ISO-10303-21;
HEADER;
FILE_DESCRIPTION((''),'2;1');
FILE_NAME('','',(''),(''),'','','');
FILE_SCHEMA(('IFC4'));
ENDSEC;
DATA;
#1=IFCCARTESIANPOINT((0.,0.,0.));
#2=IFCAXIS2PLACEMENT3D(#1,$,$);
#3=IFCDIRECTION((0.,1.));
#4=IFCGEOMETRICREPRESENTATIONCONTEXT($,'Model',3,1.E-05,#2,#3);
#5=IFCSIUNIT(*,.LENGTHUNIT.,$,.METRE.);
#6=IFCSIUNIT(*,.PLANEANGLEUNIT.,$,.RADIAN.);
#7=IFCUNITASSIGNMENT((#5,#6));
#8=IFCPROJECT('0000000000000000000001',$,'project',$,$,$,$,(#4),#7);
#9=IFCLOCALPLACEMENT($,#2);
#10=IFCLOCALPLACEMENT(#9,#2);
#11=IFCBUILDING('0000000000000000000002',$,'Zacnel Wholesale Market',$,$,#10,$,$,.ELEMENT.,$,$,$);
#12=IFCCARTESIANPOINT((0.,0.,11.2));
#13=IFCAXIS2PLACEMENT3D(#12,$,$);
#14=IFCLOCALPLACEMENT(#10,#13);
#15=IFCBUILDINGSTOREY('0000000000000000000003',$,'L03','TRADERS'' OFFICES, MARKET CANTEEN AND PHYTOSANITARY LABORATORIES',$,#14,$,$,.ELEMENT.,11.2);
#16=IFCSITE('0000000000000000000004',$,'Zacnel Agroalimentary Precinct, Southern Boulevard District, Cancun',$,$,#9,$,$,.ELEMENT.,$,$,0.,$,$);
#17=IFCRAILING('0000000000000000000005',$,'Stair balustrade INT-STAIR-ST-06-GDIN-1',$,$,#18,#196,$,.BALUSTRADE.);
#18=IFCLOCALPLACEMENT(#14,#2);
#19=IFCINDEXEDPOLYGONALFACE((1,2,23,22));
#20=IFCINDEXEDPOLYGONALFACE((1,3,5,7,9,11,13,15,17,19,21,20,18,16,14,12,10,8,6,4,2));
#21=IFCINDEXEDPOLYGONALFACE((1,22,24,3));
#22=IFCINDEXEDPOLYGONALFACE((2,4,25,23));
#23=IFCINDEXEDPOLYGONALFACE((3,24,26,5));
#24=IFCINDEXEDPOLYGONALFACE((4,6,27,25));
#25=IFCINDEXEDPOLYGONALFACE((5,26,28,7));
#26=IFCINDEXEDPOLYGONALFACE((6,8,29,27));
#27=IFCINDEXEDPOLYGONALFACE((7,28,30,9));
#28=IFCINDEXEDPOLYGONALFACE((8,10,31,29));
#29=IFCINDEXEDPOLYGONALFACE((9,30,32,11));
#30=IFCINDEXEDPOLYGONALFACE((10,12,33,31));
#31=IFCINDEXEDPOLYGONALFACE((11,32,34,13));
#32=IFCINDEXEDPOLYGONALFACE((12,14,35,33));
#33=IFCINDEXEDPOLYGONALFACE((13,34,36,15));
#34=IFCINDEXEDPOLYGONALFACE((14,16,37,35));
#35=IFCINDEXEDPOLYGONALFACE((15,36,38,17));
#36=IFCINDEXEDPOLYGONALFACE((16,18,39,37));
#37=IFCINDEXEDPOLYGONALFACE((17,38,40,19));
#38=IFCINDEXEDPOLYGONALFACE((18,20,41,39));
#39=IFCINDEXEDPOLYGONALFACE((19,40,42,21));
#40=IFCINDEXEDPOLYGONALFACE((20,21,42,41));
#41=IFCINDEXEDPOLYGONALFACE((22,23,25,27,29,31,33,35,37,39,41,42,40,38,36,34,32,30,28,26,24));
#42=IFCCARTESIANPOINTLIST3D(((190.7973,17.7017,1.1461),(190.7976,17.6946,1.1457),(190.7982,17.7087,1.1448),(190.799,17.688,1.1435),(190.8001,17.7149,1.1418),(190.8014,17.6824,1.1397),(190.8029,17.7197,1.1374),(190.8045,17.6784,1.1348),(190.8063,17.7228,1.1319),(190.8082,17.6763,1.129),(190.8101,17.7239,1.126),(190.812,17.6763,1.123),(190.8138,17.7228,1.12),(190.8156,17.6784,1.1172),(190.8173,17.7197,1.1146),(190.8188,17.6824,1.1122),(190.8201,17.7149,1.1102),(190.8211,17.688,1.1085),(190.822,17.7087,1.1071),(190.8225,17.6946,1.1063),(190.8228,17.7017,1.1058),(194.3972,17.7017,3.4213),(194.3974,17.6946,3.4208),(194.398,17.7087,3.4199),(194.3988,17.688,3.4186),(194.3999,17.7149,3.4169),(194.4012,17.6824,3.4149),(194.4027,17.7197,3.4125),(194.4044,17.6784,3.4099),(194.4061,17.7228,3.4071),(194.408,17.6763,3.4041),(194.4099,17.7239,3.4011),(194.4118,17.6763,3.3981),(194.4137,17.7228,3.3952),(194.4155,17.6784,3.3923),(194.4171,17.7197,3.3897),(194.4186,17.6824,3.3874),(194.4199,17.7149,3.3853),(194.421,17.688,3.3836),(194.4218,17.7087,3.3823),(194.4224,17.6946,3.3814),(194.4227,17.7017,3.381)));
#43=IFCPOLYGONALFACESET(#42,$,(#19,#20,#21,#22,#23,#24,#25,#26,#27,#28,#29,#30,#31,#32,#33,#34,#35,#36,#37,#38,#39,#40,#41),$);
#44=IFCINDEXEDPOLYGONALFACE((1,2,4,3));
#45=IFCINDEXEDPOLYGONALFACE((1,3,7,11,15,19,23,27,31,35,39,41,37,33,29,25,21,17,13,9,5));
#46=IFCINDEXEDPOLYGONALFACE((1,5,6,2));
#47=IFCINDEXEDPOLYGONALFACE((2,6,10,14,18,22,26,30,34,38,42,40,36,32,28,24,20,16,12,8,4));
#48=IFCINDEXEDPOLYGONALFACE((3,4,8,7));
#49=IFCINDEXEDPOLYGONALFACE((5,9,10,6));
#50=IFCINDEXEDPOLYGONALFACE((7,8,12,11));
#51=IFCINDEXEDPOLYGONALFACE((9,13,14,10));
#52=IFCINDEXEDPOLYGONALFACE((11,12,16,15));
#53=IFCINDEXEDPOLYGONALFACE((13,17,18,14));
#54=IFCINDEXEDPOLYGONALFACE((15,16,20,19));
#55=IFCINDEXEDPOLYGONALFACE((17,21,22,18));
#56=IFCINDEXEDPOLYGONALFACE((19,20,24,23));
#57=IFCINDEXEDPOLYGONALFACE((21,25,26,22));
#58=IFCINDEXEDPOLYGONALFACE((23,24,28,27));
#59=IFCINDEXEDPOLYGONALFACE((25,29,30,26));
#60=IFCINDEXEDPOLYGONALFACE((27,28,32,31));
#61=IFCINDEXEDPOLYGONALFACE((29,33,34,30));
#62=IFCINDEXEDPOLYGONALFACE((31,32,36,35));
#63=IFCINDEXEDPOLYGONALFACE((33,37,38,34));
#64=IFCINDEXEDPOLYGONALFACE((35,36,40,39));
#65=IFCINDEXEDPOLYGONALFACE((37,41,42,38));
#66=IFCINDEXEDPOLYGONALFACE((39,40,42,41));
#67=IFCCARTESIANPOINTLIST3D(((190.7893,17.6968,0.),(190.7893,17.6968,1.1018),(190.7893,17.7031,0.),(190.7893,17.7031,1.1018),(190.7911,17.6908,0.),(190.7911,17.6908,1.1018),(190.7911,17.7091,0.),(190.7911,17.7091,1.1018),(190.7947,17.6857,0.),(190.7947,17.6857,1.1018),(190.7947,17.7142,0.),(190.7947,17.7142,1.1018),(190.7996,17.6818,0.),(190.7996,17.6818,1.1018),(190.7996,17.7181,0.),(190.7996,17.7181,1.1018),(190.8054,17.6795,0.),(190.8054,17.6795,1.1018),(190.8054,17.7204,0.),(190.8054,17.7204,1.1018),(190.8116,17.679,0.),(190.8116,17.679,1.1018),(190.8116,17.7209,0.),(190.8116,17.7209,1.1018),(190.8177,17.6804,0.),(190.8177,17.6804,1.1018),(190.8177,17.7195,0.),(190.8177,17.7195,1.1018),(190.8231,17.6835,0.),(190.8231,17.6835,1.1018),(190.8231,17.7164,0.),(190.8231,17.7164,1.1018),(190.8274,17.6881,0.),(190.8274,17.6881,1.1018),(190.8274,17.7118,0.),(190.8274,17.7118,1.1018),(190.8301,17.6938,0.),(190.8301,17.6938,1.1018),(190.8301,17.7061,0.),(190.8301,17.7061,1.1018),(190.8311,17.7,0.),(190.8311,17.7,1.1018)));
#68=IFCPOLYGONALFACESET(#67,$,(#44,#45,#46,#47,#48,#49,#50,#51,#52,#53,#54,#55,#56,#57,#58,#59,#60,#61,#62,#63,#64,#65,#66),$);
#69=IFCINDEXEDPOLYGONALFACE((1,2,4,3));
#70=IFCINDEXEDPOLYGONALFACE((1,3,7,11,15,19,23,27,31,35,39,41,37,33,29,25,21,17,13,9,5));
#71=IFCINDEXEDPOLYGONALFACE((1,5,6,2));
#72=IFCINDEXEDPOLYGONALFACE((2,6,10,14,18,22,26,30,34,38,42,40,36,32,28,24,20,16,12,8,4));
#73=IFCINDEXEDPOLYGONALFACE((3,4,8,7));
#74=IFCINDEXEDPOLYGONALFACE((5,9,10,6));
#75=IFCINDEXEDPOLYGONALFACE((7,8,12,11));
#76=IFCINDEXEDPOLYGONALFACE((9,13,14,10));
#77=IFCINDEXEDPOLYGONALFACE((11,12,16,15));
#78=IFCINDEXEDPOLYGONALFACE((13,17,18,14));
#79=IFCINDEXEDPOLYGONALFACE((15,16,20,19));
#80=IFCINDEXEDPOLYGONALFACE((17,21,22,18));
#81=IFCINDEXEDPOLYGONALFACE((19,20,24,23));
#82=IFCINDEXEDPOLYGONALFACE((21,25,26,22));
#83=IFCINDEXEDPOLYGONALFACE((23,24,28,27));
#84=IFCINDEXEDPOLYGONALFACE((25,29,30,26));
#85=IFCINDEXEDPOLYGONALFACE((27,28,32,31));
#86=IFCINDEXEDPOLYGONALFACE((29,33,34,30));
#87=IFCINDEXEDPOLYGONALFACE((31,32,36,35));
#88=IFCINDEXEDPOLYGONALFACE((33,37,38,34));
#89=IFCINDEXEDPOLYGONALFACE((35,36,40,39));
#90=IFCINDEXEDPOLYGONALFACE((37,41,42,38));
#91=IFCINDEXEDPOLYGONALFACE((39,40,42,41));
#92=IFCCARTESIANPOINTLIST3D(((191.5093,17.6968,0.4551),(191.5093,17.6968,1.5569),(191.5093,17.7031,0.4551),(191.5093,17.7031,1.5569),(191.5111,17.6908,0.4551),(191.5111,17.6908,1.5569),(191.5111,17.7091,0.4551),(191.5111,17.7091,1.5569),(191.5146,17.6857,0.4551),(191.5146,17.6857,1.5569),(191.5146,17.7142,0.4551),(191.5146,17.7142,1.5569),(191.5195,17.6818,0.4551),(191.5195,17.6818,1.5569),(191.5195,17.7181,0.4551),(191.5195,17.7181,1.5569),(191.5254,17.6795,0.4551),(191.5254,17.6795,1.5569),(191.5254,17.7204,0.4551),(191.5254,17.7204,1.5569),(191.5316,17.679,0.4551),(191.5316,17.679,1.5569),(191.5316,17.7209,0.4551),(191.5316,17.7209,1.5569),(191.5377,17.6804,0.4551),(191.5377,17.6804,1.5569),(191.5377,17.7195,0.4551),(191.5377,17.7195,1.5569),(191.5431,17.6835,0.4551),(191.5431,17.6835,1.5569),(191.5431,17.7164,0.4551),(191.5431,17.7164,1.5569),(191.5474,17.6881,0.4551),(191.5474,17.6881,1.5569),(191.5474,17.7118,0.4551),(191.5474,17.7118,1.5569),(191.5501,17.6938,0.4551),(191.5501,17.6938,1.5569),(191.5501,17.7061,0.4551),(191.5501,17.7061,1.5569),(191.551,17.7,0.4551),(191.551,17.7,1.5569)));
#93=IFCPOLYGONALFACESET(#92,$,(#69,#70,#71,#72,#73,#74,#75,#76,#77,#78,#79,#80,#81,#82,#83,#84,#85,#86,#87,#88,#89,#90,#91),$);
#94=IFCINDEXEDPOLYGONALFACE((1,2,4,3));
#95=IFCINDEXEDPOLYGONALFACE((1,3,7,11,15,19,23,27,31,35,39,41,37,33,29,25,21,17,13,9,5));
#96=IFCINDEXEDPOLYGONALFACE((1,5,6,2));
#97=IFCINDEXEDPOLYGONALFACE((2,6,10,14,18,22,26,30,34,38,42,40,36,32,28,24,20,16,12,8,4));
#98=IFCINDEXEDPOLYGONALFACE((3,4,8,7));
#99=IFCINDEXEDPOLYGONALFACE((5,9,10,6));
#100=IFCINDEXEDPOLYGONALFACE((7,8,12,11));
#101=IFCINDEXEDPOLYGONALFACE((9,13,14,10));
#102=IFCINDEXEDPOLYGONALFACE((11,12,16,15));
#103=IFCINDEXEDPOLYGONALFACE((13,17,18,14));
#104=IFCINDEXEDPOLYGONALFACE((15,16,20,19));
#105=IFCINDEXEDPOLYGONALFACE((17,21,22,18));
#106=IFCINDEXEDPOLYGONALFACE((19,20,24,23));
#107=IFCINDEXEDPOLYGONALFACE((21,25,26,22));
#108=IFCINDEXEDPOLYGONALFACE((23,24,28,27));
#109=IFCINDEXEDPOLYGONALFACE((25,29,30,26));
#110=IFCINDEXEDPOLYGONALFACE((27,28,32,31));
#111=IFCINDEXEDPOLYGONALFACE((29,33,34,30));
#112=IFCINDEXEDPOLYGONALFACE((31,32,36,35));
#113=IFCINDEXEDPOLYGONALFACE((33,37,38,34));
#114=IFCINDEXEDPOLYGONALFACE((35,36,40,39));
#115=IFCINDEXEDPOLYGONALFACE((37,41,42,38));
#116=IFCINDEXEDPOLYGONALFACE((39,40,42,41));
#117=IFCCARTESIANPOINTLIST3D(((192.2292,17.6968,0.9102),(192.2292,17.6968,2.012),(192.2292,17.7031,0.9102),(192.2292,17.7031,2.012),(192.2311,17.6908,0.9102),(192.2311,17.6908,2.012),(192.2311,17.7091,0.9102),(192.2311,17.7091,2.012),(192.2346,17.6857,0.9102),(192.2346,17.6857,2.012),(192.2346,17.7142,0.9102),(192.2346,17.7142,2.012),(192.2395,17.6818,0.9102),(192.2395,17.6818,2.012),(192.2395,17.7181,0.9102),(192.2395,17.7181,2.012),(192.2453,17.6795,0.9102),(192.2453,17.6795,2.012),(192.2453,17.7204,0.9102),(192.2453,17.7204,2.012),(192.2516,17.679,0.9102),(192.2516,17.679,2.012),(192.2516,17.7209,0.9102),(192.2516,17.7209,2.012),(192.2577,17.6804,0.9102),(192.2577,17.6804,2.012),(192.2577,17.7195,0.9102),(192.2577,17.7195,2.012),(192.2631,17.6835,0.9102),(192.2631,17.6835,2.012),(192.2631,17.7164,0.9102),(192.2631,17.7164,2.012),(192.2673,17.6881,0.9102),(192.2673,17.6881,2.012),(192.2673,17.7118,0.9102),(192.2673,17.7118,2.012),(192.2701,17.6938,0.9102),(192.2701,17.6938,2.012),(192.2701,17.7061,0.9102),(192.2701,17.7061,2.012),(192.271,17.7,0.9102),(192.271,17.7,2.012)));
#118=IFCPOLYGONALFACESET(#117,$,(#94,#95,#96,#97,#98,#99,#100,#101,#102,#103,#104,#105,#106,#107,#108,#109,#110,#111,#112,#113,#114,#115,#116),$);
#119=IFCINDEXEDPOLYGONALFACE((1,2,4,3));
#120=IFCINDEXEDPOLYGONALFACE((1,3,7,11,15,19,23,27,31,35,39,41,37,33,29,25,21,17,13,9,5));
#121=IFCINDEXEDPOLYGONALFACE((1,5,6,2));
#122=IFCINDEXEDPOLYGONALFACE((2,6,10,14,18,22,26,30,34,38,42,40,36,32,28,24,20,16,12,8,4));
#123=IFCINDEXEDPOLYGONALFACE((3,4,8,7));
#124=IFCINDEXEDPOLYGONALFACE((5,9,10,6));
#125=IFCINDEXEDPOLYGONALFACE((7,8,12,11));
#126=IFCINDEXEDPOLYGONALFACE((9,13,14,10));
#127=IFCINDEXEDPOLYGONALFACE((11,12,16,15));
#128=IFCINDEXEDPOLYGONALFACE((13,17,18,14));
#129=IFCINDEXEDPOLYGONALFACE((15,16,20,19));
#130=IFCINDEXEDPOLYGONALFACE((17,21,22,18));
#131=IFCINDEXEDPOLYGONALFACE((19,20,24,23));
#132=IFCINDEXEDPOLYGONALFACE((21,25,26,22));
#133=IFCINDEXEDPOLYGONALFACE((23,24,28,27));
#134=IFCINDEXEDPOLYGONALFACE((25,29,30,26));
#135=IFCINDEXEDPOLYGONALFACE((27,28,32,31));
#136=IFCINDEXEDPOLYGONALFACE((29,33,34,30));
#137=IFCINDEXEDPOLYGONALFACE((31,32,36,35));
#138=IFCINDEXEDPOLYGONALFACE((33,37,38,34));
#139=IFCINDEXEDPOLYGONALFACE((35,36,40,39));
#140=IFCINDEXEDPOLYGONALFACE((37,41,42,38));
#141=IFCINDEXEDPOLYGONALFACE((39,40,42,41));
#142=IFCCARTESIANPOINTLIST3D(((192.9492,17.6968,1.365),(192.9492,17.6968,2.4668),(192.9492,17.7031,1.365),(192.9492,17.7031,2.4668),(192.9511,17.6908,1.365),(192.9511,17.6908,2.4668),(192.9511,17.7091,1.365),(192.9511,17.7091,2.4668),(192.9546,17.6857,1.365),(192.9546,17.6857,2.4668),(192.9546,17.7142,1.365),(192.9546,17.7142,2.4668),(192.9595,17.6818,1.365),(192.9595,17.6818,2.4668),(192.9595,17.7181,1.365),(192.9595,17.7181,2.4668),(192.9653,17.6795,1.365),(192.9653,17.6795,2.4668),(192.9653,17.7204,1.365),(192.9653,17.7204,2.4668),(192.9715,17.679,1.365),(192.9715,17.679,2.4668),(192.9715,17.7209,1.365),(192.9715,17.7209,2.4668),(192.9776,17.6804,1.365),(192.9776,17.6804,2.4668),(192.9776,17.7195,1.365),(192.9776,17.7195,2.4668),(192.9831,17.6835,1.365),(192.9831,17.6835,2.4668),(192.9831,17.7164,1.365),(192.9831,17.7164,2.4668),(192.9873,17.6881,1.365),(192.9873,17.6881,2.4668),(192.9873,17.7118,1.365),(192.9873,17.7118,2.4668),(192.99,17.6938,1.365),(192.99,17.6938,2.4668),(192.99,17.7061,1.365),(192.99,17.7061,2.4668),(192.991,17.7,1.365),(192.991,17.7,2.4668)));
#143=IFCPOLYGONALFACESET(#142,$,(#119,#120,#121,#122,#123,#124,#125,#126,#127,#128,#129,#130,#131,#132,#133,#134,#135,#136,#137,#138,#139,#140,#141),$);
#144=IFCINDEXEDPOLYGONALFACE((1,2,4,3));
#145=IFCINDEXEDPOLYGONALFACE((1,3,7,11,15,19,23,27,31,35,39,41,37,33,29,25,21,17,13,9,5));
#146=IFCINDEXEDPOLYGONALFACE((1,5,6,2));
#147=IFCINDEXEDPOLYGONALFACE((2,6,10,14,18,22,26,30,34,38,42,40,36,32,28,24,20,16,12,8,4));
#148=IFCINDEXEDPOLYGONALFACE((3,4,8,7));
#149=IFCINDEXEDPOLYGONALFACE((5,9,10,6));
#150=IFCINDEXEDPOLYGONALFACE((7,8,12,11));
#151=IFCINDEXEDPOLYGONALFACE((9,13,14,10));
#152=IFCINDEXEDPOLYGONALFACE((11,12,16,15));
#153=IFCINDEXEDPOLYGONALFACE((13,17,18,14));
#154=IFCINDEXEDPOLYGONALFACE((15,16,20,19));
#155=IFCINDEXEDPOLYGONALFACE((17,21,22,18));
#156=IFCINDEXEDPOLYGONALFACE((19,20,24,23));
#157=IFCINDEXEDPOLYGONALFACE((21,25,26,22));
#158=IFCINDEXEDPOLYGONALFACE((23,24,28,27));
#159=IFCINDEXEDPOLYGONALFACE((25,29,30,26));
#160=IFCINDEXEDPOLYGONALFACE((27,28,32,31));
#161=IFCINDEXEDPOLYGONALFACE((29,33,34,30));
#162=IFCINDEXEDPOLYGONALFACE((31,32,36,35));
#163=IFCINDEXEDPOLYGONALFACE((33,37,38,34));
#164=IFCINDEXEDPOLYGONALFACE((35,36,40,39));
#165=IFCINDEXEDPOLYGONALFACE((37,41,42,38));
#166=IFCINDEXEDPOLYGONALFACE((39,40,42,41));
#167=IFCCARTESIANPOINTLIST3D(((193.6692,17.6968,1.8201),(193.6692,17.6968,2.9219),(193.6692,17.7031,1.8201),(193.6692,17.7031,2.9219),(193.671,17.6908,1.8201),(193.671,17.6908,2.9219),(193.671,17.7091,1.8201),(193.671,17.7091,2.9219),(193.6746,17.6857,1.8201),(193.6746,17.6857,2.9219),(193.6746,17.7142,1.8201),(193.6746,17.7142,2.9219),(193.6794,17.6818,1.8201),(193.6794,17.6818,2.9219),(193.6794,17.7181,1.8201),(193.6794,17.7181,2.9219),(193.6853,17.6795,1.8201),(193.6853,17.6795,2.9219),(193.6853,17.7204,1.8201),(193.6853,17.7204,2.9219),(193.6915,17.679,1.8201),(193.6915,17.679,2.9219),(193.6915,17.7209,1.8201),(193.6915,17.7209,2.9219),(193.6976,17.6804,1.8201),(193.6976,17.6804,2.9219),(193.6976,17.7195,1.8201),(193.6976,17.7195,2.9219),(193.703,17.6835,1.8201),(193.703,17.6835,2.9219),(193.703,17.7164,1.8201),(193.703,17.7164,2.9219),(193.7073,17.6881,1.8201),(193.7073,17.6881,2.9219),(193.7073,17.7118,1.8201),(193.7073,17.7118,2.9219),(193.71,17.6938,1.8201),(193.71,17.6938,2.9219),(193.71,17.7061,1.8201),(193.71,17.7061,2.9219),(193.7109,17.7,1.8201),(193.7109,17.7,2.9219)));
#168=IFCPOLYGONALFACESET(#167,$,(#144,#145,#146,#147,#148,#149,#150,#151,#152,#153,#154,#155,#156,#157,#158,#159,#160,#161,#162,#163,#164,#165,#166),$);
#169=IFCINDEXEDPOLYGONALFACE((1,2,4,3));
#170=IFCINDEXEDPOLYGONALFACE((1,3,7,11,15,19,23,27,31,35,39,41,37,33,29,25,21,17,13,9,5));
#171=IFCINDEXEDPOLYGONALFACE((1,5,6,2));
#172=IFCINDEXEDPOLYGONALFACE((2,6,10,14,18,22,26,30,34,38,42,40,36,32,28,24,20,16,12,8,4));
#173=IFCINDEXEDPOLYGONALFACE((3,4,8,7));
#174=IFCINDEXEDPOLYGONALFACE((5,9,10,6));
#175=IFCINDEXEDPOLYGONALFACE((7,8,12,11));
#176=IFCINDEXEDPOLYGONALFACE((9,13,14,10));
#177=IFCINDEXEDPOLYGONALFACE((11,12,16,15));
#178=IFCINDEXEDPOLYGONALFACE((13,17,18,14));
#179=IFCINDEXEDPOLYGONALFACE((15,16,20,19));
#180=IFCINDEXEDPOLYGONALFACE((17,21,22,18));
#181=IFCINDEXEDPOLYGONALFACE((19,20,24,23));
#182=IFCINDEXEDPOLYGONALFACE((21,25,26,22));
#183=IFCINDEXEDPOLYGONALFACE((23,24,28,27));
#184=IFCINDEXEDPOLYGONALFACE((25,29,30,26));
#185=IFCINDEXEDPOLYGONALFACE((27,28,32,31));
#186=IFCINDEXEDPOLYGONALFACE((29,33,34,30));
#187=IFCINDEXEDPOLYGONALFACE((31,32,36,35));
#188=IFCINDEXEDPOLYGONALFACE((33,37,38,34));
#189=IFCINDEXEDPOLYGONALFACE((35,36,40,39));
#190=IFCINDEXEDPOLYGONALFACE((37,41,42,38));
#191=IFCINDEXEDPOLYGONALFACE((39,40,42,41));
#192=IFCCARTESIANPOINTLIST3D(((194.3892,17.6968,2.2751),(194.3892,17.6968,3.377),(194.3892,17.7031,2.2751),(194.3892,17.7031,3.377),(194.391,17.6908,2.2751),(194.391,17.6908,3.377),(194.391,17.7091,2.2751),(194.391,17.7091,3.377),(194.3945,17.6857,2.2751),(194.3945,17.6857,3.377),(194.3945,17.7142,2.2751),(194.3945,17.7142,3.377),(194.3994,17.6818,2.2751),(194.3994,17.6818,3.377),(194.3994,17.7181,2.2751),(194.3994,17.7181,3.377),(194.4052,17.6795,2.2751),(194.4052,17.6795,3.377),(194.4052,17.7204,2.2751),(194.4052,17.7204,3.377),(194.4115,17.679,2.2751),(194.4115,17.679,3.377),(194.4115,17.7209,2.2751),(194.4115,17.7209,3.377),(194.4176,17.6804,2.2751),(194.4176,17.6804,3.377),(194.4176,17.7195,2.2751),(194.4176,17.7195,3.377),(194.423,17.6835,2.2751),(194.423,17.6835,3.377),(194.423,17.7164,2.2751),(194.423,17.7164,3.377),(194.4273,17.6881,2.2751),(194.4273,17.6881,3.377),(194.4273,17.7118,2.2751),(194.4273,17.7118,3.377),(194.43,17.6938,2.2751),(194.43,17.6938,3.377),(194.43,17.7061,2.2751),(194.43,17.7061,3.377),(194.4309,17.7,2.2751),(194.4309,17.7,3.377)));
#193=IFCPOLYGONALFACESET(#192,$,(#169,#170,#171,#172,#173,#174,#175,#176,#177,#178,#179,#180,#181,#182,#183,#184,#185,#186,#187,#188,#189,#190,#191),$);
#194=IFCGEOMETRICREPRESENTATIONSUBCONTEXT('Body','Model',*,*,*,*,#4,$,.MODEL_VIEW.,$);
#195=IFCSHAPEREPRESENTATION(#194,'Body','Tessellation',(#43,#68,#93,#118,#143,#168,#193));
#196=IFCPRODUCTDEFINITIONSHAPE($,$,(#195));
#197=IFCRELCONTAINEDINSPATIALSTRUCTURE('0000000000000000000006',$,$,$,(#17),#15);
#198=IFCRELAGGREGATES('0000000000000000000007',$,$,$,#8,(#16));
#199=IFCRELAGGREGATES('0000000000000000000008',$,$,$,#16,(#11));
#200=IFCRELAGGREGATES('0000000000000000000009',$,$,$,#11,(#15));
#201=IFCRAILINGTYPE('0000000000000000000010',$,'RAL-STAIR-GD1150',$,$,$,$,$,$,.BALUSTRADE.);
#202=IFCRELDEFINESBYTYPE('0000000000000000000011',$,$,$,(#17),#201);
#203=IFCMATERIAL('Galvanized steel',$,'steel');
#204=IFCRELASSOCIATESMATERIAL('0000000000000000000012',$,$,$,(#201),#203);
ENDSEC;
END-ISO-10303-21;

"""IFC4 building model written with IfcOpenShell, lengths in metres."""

from ifc_helpers import new_model, si_unit, direction, frame, origin, origin_2d, place, context, subcontext, project, spatial, circle, extrude, material, type_object, element, save


model = new_model("IFC4")

# Units and contexts
model_context = context("Model", 3, precision=1e-05, world=origin(), true_north=direction((0.0, 1.0)))
body_context = subcontext(model_context, "Body", "Model", "MODEL_VIEW")
ifc_project = project(units=[si_unit("LENGTHUNIT", "METRE"), si_unit("PLANEANGLEUNIT", "RADIAN")], contexts=[model_context])

# Site, building, storey
site_placement = place(None, origin())
site = spatial("IfcSite", under=ifc_project, at=site_placement, Name="Zacnel Agroalimentary Precinct, Southern Boulevard District, Cancun", CompositionType="ELEMENT", RefElevation=0.0)
building_placement = place(site_placement, origin())
building = spatial("IfcBuilding", under=site, at=building_placement, Name="Zacnel Wholesale Market", CompositionType="ELEMENT")
storey_placement = place(building_placement, frame((0.0, 0.0, 11.2)))
storey = spatial("IfcBuildingStorey", under=building, at=storey_placement, Name="L03", Description="TRADERS' OFFICES, MARKET CANTEEN AND PHYTOSANITARY LABORATORIES", CompositionType="ELEMENT", Elevation=11.2)

# Railing
ifc_material_1 = material(Name="Galvanized steel", Category="steel")
railing_type_1 = type_object("IfcRailingType", Name="RAL-STAIR-GD1150", PredefinedType="BALUSTRADE", material=ifc_material_1)
railing_1_placement = place(storey_placement, frame((190.8101, 17.7, 0.0)))
element("IfcRailing", 1, at=railing_1_placement, inside=storey, type_object=railing_type_1, Name="Stair balustrade INT-STAIR-ST-06-GDIN-1", PredefinedType="BALUSTRADE", context=body_context, shape_type="SweptSolid", body=[
    extrude(circle(Radius=0.0239, at=origin_2d()), frame((0.0, 0.0, 1.126), z_axis=(0.845324, 0.0, 0.534254), x_axis=(0.0, 1.0, 0.0)), (0.0, 0.0, 1.0), 4.2585),
    extrude(circle(Radius=0.021, at=origin_2d()), origin(), (0.0, 0.0, 1.0), 1.1018),
    extrude(circle(Radius=0.021, at=origin_2d()), frame((0.72, 0.0, 0.4551)), (0.0, 0.0, 1.0), 1.1018),
    extrude(circle(Radius=0.021, at=origin_2d()), frame((1.4399, 0.0, 0.9102)), (0.0, 0.0, 1.0), 1.1018),
    extrude(circle(Radius=0.021, at=origin_2d()), frame((2.1599, 0.0, 1.365)), (0.0, 0.0, 1.0), 1.1018),
    extrude(circle(Radius=0.021, at=origin_2d()), frame((2.8799, 0.0, 1.8201)), (0.0, 0.0, 1.0), 1.1018),
    extrude(circle(Radius=0.021, at=origin_2d()), frame((3.5999, 0.0, 2.2751)), (0.0, 0.0, 1.0), 1.1018),
])

save(model, "model.ifc")
